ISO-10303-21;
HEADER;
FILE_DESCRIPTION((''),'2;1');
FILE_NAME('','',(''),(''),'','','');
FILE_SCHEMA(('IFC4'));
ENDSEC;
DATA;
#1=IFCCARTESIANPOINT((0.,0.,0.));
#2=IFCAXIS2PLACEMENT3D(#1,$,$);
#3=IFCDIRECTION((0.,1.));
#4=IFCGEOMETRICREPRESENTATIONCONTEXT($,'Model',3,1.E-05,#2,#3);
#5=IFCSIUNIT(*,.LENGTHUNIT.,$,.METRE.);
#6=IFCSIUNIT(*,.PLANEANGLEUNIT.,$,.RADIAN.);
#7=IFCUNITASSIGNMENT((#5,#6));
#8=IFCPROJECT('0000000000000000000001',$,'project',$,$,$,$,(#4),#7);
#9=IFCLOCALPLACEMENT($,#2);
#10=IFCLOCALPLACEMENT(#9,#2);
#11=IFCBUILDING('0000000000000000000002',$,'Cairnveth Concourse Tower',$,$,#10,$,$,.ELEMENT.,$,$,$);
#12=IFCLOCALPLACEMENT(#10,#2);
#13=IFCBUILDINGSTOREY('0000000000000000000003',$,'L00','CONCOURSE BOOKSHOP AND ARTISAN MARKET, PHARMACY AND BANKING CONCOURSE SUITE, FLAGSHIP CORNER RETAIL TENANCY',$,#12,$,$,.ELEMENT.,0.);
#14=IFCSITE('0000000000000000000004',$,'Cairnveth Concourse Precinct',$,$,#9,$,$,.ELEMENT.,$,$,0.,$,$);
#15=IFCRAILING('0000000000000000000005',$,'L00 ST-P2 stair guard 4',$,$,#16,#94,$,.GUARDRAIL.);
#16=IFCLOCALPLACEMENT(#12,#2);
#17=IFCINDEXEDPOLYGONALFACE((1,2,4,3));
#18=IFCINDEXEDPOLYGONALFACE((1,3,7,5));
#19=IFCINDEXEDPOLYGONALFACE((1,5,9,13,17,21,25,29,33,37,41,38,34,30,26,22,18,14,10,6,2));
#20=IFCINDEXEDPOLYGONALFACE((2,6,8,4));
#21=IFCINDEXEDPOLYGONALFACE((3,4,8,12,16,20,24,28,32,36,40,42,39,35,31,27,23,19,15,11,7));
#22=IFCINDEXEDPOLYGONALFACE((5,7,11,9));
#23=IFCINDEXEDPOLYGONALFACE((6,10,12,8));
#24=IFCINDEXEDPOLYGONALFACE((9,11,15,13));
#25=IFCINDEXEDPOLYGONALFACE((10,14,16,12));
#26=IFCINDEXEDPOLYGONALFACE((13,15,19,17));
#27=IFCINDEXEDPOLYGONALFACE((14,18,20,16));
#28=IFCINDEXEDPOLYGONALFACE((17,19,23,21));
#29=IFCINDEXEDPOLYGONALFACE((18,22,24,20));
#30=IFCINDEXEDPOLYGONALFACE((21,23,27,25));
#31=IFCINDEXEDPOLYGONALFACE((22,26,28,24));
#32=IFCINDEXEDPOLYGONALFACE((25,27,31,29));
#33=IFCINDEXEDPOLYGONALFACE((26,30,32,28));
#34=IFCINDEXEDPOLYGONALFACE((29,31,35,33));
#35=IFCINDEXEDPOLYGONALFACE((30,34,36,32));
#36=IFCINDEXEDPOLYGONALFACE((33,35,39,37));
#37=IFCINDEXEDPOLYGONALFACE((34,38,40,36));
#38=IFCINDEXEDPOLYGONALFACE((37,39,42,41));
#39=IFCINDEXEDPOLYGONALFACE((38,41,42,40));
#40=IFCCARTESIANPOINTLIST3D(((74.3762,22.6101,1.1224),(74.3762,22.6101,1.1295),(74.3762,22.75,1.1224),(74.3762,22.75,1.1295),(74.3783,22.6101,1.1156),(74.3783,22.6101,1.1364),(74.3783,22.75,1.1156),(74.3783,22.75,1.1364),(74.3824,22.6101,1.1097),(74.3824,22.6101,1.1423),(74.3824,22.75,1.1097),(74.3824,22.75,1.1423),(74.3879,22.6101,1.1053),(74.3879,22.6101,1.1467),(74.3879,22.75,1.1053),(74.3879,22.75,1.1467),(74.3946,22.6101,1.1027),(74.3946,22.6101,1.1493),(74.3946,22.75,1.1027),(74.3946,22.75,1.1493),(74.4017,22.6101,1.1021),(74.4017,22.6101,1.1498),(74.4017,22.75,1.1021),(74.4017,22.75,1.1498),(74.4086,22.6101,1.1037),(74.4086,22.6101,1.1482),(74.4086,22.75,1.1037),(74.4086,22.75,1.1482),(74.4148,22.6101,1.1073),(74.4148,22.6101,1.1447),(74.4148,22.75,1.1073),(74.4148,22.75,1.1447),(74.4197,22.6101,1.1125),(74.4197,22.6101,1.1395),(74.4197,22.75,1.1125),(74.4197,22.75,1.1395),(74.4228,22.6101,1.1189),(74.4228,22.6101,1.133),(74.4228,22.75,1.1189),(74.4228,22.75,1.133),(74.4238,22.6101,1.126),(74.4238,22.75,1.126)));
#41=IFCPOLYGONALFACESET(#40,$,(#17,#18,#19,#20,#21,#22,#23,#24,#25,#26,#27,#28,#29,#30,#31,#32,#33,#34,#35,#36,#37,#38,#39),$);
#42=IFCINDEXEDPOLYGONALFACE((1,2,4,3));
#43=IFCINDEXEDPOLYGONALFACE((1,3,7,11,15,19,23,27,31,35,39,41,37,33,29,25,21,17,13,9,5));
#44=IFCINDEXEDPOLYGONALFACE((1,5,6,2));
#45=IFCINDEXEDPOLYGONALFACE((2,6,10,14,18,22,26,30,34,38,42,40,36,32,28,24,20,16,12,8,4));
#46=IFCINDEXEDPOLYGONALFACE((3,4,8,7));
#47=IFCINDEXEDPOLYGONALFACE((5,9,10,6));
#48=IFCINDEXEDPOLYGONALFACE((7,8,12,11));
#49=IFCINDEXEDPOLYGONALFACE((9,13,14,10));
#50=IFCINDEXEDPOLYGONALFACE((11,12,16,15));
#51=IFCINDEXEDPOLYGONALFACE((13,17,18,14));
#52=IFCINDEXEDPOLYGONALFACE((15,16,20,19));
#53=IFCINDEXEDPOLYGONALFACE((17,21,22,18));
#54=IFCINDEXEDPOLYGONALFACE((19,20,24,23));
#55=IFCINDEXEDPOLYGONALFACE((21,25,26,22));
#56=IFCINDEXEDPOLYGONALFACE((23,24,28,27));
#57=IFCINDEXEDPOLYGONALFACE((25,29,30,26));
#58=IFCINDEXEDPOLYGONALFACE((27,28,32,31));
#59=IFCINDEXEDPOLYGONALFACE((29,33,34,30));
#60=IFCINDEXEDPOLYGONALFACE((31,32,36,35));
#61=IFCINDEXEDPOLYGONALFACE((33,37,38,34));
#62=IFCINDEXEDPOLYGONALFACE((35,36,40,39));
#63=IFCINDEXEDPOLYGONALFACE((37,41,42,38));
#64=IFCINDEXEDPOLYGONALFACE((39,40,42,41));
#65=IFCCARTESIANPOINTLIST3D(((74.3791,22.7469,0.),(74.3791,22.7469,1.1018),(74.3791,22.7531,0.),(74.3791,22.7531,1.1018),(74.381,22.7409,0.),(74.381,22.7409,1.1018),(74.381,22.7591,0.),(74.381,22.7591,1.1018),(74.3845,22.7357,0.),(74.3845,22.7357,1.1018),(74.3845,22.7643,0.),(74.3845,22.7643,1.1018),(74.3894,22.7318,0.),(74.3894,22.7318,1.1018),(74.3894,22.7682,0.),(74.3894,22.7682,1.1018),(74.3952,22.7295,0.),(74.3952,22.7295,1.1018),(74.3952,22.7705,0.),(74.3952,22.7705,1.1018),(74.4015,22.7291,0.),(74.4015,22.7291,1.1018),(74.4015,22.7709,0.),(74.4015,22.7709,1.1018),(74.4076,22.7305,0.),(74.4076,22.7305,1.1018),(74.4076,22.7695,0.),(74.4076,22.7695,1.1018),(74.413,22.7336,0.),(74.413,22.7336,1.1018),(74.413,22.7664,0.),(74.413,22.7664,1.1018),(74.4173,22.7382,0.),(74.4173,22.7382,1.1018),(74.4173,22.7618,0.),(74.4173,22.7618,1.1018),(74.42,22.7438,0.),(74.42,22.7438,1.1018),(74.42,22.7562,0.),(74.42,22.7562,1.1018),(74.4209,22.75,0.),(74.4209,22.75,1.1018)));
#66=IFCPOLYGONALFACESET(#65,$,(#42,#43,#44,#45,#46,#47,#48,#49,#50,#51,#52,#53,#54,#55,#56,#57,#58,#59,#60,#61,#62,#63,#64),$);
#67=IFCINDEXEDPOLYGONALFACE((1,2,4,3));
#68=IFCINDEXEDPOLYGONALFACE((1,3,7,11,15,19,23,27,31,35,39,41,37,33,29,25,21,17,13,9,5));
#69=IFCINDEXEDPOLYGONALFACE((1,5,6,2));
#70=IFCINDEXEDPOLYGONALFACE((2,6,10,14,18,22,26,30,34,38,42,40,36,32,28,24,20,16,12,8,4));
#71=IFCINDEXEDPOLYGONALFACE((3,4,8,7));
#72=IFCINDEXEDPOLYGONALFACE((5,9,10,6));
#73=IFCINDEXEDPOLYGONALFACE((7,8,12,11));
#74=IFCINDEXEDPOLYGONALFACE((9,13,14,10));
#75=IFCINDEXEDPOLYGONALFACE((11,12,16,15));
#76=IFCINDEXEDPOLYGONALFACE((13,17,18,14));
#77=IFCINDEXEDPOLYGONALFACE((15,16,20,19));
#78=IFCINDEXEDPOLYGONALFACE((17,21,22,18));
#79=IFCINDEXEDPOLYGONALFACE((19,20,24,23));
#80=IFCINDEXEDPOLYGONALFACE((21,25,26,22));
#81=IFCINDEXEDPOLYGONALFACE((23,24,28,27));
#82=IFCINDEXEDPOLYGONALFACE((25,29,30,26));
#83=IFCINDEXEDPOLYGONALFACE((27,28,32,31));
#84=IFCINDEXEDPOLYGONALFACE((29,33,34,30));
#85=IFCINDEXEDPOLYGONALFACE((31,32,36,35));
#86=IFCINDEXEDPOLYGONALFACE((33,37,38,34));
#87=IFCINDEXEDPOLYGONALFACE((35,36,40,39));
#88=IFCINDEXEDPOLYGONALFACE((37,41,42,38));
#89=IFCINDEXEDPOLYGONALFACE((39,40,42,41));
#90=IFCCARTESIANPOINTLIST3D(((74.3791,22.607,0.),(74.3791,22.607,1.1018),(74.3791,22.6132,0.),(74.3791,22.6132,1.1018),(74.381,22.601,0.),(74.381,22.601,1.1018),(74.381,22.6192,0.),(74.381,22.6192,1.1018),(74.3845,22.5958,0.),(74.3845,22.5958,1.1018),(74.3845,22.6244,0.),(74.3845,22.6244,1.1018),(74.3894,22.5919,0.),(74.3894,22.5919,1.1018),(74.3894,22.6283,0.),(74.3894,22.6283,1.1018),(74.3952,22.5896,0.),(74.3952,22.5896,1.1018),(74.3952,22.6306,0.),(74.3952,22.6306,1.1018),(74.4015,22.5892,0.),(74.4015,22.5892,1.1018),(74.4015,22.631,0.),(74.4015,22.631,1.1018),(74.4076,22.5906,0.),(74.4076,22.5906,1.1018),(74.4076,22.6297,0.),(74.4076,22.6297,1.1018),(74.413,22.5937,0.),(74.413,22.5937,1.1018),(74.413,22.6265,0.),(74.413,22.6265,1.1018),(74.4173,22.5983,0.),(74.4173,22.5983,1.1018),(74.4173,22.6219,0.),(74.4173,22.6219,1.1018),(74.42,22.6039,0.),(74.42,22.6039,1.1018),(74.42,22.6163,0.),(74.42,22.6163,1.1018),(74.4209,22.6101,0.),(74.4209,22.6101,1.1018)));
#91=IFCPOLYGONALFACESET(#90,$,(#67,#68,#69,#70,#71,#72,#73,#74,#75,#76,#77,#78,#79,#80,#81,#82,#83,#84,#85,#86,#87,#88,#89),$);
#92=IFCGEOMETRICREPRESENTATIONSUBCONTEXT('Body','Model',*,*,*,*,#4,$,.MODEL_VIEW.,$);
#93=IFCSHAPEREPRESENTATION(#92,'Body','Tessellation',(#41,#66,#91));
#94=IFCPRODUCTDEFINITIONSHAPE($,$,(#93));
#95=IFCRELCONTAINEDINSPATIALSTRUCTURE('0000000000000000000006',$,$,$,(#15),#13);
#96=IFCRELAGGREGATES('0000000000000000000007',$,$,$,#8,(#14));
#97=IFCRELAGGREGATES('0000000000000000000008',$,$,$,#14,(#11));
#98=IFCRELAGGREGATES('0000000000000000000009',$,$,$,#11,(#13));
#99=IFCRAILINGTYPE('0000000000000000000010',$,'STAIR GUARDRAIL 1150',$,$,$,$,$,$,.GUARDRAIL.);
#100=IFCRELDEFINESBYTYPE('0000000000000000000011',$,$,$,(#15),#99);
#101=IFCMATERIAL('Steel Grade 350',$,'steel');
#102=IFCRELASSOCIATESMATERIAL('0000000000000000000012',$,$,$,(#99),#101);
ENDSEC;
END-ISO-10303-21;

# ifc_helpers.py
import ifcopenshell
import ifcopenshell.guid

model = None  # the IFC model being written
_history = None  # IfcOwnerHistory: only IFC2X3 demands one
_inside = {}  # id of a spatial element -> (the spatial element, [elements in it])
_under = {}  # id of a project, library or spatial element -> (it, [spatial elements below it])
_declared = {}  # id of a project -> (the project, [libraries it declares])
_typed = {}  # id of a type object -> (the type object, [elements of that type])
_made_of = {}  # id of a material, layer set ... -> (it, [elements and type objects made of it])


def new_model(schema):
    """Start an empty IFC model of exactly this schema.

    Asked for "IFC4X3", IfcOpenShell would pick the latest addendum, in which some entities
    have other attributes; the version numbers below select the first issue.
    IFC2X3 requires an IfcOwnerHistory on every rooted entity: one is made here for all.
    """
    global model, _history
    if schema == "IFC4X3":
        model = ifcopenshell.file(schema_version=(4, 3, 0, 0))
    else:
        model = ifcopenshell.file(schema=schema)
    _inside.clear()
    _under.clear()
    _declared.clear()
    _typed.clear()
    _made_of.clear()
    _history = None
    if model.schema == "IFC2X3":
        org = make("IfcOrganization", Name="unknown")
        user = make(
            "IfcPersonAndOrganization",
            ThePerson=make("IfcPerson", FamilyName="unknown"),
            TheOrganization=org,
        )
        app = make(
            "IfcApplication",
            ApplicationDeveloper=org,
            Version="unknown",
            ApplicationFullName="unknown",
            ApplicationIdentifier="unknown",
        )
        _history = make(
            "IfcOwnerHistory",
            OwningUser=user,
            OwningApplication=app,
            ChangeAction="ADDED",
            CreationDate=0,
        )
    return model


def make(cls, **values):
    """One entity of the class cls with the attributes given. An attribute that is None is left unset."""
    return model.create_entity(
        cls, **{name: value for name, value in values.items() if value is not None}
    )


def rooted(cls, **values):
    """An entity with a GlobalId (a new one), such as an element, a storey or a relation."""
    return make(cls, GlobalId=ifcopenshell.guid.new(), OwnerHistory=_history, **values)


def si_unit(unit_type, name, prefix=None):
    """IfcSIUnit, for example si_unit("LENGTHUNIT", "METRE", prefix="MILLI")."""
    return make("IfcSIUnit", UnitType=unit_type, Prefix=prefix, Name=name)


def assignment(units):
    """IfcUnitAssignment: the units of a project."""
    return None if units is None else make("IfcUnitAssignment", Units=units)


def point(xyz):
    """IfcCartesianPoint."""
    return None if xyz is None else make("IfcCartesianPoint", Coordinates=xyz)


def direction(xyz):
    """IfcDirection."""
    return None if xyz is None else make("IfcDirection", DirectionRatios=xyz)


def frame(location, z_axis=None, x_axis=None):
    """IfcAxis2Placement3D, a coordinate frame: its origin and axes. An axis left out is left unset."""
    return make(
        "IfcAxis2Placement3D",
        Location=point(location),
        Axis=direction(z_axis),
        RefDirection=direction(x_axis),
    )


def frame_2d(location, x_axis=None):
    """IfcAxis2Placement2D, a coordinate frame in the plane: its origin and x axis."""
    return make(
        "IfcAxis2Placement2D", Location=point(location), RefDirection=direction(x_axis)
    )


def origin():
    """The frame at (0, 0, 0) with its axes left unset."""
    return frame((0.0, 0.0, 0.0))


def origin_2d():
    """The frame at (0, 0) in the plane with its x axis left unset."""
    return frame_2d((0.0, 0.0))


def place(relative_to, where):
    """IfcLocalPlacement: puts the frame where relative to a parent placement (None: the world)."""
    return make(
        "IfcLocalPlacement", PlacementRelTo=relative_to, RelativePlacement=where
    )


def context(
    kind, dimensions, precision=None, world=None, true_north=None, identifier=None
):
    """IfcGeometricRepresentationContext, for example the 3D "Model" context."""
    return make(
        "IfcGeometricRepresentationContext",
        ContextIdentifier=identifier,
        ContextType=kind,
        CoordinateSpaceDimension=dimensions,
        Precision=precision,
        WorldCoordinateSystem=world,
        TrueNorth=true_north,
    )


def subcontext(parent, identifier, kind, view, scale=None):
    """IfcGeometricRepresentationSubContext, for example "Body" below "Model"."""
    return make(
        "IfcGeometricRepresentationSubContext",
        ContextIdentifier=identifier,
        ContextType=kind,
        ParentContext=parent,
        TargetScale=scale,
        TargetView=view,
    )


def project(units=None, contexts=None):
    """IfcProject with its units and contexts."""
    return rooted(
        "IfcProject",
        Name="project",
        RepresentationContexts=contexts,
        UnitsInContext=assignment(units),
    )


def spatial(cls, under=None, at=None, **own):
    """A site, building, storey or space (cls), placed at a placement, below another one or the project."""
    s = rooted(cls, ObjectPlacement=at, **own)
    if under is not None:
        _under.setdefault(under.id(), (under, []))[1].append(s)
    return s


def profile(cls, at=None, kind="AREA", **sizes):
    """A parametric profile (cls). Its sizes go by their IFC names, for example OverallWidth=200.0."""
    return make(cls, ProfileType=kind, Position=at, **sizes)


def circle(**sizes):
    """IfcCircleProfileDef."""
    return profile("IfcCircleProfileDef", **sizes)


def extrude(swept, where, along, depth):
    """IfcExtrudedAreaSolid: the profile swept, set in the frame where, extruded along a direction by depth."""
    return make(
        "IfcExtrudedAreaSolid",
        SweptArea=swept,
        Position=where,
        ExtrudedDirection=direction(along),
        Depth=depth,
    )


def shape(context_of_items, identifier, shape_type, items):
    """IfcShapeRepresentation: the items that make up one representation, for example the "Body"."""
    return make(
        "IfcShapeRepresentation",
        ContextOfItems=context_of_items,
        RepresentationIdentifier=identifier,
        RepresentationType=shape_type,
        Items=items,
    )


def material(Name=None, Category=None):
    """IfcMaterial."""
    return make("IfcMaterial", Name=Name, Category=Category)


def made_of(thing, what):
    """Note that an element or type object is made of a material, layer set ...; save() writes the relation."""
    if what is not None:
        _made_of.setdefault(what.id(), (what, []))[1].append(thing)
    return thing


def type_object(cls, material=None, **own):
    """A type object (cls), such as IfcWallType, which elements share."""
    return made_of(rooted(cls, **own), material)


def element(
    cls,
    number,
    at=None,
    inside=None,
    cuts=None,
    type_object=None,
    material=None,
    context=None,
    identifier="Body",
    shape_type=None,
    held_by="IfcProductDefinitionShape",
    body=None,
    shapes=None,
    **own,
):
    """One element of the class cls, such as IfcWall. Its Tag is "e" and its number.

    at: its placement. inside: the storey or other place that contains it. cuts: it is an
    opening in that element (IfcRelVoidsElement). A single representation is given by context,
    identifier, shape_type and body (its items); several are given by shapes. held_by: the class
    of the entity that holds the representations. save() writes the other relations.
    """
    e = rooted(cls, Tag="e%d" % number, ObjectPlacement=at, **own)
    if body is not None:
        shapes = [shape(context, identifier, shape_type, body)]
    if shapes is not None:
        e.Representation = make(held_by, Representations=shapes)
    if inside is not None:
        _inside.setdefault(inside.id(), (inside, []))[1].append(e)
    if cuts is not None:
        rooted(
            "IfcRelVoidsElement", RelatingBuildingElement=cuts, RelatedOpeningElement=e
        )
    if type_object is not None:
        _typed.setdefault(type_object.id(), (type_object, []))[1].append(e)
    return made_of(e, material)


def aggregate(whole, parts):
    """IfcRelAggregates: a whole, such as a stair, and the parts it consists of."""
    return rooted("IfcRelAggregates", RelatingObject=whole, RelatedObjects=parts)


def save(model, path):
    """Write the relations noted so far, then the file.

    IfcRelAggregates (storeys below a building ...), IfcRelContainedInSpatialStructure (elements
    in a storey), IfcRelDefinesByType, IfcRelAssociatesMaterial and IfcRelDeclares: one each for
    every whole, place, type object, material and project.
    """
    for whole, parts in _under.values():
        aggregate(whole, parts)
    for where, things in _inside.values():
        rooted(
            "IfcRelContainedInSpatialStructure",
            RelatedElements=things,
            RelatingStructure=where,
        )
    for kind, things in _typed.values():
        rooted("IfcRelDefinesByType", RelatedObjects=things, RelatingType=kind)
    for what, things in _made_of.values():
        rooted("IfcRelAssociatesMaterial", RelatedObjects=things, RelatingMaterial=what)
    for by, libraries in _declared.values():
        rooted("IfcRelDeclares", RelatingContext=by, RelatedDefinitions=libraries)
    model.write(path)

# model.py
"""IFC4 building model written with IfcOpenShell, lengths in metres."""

from ifc_helpers import new_model, si_unit, direction, frame, origin, origin_2d, place, context, subcontext, project, spatial, circle, extrude, material, type_object, element, save


model = new_model("IFC4")

# Units and contexts
model_context = context("Model", 3, precision=1e-05, world=origin(), true_north=direction((0.0, 1.0)))
body_context = subcontext(model_context, "Body", "Model", "MODEL_VIEW")
ifc_project = project(units=[si_unit("LENGTHUNIT", "METRE"), si_unit("PLANEANGLEUNIT", "RADIAN")], contexts=[model_context])

# Site, building, storey
site_placement = place(None, origin())
site = spatial("IfcSite", under=ifc_project, at=site_placement, Name="Cairnveth Concourse Precinct", CompositionType="ELEMENT", RefElevation=0.0)
building_placement = place(site_placement, origin())
building = spatial("IfcBuilding", under=site, at=building_placement, Name="Cairnveth Concourse Tower", CompositionType="ELEMENT")
storey_placement = place(building_placement, origin())
storey = spatial("IfcBuildingStorey", under=building, at=storey_placement, Name="L00", Description="CONCOURSE BOOKSHOP AND ARTISAN MARKET, PHARMACY AND BANKING CONCOURSE SUITE, FLAGSHIP CORNER RETAIL TENANCY", CompositionType="ELEMENT", Elevation=0.0)

# Shared definitions
ifc_material_1 = material(Name="Steel Grade 350", Category="steel")

# Railing
railing_type_1 = type_object("IfcRailingType", Name="STAIR GUARDRAIL 1150", PredefinedType="GUARDRAIL", material=ifc_material_1)
railing_1_placement = place(storey_placement, frame((74.3999, 22.75, 0.0)))
element("IfcRailing", 1, at=railing_1_placement, inside=storey, type_object=railing_type_1, Name="L00 ST-P2 stair guard 4", PredefinedType="GUARDRAIL", context=body_context, shape_type="SweptSolid", body=[
    extrude(circle(Radius=0.0239, at=origin_2d()), frame((0.0, 0.0, 1.126), z_axis=(0.0, -1.0, 0.0), x_axis=(1.0, 0.0, 0.0)), (0.0, 0.0, 1.0), 0.1399),
    extrude(circle(Radius=0.021, at=origin_2d()), origin(), (0.0, 0.0, 1.0), 1.1018),
    extrude(circle(Radius=0.021, at=origin_2d()), frame((0.0, -0.1399, 0.0)), (0.0, 0.0, 1.0), 1.1018),
])

save(model, "model.ifc")
